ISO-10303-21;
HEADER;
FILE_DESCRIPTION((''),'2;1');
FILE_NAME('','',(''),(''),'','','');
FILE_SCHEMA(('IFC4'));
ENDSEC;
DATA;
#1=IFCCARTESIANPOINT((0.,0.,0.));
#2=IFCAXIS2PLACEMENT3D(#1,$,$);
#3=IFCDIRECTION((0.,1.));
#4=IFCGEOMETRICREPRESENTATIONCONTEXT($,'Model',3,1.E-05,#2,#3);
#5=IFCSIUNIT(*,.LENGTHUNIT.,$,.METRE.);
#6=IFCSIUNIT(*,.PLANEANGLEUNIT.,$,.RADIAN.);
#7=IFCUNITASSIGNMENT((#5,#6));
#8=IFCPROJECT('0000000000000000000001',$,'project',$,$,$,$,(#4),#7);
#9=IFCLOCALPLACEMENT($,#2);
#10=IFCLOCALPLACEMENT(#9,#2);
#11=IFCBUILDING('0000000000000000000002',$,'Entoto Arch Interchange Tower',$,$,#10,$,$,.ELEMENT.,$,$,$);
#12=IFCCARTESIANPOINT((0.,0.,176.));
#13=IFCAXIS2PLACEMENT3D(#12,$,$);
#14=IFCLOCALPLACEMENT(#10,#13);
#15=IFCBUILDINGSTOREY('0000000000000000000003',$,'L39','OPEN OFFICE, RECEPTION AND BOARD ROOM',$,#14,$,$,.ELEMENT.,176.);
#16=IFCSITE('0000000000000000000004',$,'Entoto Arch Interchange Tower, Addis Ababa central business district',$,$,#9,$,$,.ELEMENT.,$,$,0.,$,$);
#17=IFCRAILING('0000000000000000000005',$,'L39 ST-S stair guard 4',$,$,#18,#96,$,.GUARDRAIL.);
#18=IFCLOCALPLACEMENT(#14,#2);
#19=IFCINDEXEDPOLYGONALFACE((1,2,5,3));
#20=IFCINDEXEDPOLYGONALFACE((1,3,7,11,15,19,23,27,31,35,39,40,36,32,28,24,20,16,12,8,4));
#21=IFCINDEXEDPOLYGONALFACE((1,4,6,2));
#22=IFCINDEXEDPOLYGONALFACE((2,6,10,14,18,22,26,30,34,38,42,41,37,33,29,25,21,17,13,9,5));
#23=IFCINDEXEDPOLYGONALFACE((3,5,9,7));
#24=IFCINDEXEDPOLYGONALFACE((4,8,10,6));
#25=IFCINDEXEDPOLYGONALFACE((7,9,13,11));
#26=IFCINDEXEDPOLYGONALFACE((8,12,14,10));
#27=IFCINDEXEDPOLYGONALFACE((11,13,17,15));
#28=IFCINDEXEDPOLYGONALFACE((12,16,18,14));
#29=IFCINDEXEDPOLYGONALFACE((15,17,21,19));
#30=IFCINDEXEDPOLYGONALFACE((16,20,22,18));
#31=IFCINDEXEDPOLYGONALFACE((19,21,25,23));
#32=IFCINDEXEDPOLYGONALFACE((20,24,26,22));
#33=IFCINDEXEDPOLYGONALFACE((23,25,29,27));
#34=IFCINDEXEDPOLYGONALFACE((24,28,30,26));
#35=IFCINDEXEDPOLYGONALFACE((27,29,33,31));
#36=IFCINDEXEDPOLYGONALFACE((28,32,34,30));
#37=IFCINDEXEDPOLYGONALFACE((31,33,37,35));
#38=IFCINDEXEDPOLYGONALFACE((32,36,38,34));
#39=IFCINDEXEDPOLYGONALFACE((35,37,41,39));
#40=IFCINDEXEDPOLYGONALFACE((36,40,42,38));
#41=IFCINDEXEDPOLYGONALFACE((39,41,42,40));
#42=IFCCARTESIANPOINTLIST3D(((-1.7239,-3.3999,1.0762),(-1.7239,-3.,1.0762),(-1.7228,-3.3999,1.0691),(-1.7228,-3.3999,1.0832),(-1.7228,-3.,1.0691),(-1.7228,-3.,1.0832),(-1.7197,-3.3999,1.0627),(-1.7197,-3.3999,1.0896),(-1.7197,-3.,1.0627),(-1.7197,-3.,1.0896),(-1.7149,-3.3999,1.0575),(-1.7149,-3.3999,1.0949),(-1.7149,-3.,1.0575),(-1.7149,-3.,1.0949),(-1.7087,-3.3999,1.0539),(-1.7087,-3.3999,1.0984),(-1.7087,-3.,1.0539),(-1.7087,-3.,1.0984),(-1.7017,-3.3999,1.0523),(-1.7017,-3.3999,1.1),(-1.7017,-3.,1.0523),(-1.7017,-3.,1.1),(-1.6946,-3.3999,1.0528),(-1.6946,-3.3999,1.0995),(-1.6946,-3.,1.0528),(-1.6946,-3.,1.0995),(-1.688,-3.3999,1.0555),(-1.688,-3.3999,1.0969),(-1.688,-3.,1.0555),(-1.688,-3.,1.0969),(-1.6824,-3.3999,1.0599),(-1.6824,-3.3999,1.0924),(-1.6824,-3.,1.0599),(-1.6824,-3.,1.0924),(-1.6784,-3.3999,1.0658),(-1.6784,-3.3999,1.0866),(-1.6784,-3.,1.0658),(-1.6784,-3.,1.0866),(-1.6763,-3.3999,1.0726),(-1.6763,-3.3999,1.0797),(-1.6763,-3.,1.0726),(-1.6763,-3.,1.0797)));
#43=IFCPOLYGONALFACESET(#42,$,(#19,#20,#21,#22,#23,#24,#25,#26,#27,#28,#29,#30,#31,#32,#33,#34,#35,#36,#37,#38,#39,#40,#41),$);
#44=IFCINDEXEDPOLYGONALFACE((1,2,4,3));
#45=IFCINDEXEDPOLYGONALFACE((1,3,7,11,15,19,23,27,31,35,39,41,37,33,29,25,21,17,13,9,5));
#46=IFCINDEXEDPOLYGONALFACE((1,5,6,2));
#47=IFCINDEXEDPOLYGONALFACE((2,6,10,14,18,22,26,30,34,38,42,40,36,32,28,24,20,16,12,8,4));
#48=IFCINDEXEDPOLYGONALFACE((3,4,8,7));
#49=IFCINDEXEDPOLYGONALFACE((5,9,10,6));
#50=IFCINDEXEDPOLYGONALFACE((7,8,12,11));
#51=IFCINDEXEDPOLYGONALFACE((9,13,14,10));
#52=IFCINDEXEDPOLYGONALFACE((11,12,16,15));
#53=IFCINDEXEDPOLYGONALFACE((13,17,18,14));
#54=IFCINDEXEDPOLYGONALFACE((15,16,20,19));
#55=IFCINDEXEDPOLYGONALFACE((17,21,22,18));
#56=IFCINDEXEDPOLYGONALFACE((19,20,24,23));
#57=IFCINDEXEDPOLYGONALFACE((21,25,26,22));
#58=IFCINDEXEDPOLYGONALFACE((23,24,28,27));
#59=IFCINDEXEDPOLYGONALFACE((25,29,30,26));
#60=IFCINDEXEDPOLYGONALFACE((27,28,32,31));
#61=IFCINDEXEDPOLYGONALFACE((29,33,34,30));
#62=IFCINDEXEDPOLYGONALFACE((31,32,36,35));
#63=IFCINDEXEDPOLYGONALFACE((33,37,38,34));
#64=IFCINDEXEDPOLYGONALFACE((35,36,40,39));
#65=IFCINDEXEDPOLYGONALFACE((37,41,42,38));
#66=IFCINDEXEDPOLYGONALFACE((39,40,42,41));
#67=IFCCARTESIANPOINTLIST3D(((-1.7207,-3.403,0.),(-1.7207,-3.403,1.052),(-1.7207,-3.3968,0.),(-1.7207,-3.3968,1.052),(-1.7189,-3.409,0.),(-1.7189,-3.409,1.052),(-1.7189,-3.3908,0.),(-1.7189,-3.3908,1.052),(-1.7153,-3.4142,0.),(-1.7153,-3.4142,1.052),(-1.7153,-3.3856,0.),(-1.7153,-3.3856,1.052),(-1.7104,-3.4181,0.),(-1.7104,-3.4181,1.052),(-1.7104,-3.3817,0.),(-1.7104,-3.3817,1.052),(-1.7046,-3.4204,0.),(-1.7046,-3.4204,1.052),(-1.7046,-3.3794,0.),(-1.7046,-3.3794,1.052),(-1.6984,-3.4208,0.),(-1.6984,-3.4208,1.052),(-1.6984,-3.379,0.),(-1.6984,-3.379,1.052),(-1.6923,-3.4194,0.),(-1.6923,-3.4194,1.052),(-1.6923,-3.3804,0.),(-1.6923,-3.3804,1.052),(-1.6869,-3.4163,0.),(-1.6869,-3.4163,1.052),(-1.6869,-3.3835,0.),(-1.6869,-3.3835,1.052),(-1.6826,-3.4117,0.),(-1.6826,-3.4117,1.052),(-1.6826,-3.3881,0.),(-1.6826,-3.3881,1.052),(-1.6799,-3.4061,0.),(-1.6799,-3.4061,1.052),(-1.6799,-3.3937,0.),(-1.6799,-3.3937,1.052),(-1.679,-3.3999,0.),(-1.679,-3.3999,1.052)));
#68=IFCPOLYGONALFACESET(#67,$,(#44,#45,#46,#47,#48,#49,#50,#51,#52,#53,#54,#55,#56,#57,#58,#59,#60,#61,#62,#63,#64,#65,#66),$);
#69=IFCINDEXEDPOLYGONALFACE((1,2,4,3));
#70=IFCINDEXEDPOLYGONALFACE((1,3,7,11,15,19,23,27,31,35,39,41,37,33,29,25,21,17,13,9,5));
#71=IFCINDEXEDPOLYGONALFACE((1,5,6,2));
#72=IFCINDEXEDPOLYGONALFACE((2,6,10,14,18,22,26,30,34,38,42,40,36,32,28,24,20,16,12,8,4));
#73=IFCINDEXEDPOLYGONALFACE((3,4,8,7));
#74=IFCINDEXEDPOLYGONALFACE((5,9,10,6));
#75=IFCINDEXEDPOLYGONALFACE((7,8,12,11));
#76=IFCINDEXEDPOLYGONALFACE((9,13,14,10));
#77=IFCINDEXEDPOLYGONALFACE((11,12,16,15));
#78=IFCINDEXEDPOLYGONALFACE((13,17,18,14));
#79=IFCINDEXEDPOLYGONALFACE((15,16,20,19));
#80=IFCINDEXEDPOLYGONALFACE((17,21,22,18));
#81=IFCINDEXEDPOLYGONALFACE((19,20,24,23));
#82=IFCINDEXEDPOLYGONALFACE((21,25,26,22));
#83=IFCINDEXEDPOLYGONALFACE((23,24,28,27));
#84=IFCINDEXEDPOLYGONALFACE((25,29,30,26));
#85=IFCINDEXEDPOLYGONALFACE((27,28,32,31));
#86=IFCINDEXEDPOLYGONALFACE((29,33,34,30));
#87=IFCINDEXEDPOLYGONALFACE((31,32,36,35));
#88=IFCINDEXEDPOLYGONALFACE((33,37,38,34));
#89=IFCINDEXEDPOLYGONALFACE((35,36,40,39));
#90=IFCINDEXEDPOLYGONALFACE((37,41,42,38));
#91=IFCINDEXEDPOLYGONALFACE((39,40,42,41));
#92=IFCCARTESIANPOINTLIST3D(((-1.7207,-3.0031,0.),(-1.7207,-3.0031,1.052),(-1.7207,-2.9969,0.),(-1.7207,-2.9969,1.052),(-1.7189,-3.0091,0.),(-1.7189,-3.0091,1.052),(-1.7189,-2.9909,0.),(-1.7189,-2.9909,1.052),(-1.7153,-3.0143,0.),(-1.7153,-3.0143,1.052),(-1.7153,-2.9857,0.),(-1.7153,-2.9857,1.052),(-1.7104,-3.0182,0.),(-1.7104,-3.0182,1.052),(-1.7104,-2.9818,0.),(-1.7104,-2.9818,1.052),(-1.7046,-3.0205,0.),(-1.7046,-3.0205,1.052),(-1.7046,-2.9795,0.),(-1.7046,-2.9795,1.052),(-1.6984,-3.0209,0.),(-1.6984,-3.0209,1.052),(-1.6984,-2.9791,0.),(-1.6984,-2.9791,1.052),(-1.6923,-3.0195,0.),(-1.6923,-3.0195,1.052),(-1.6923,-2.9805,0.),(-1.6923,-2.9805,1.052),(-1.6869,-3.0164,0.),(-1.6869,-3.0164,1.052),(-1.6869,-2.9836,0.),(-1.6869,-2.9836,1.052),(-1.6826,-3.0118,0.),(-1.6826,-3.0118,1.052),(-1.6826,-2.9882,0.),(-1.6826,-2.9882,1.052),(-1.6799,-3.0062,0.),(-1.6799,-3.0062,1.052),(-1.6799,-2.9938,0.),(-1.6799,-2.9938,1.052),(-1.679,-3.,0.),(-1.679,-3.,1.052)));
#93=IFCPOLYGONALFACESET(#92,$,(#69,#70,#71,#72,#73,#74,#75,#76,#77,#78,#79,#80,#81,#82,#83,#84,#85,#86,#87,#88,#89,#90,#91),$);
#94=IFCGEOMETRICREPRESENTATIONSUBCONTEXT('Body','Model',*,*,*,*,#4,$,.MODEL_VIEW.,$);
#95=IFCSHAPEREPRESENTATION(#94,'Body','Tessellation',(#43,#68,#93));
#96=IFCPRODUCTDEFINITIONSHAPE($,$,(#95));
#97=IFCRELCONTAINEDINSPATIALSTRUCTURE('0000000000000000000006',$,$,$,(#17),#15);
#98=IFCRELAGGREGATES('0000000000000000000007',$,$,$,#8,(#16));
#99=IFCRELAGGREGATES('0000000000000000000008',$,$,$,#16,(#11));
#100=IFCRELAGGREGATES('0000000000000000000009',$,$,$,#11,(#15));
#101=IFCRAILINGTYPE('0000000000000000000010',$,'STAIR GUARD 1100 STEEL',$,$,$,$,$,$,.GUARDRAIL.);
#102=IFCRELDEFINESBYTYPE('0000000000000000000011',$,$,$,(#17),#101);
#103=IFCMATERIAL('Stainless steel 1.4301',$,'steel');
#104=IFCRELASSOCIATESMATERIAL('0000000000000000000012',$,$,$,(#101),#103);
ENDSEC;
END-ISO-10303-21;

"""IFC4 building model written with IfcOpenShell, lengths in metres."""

from ifc_helpers import new_model, si_unit, direction, frame, origin, origin_2d, place, context, subcontext, project, spatial, circle, extrude, material, type_object, element, save


model = new_model("IFC4")

# Units and contexts
model_context = context("Model", 3, precision=1e-05, world=origin(), true_north=direction((0.0, 1.0)))
body_context = subcontext(model_context, "Body", "Model", "MODEL_VIEW")
ifc_project = project(units=[si_unit("LENGTHUNIT", "METRE"), si_unit("PLANEANGLEUNIT", "RADIAN")], contexts=[model_context])

# Site, building, storey
site_placement = place(None, origin())
site = spatial("IfcSite", under=ifc_project, at=site_placement, Name="Entoto Arch Interchange Tower, Addis Ababa central business district", CompositionType="ELEMENT", RefElevation=0.0)
building_placement = place(site_placement, origin())
building = spatial("IfcBuilding", under=site, at=building_placement, Name="Entoto Arch Interchange Tower", CompositionType="ELEMENT")
storey_placement = place(building_placement, frame((0.0, 0.0, 176.0)))
storey = spatial("IfcBuildingStorey", under=building, at=storey_placement, Name="L39", Description="OPEN OFFICE, RECEPTION AND BOARD ROOM", CompositionType="ELEMENT", Elevation=176.0)

# Railing
ifc_material_1 = material(Name="Stainless steel 1.4301", Category="steel")
railing_type_1 = type_object("IfcRailingType", Name="STAIR GUARD 1100 STEEL", PredefinedType="GUARDRAIL", material=ifc_material_1)
railing_1_placement = place(storey_placement, frame((-1.7, -3.3999, 0.0)))
element("IfcRailing", 1, at=railing_1_placement, inside=storey, type_object=railing_type_1, Name="L39 ST-S stair guard 4", PredefinedType="GUARDRAIL", context=body_context, shape_type="SweptSolid", body=[
    extrude(circle(Radius=0.0239, at=origin_2d()), frame((0.0, 0.0, 1.0762), z_axis=(0.0, 1.0, 0.0), x_axis=(-1.0, 0.0, 0.0)), (0.0, 0.0, 1.0), 0.3999),
    extrude(circle(Radius=0.021, at=origin_2d()), origin(), (0.0, 0.0, 1.0), 1.052),
    extrude(circle(Radius=0.021, at=origin_2d()), frame((0.0, 0.3999, 0.0)), (0.0, 0.0, 1.0), 1.052),
])

save(model, "model.ifc")
